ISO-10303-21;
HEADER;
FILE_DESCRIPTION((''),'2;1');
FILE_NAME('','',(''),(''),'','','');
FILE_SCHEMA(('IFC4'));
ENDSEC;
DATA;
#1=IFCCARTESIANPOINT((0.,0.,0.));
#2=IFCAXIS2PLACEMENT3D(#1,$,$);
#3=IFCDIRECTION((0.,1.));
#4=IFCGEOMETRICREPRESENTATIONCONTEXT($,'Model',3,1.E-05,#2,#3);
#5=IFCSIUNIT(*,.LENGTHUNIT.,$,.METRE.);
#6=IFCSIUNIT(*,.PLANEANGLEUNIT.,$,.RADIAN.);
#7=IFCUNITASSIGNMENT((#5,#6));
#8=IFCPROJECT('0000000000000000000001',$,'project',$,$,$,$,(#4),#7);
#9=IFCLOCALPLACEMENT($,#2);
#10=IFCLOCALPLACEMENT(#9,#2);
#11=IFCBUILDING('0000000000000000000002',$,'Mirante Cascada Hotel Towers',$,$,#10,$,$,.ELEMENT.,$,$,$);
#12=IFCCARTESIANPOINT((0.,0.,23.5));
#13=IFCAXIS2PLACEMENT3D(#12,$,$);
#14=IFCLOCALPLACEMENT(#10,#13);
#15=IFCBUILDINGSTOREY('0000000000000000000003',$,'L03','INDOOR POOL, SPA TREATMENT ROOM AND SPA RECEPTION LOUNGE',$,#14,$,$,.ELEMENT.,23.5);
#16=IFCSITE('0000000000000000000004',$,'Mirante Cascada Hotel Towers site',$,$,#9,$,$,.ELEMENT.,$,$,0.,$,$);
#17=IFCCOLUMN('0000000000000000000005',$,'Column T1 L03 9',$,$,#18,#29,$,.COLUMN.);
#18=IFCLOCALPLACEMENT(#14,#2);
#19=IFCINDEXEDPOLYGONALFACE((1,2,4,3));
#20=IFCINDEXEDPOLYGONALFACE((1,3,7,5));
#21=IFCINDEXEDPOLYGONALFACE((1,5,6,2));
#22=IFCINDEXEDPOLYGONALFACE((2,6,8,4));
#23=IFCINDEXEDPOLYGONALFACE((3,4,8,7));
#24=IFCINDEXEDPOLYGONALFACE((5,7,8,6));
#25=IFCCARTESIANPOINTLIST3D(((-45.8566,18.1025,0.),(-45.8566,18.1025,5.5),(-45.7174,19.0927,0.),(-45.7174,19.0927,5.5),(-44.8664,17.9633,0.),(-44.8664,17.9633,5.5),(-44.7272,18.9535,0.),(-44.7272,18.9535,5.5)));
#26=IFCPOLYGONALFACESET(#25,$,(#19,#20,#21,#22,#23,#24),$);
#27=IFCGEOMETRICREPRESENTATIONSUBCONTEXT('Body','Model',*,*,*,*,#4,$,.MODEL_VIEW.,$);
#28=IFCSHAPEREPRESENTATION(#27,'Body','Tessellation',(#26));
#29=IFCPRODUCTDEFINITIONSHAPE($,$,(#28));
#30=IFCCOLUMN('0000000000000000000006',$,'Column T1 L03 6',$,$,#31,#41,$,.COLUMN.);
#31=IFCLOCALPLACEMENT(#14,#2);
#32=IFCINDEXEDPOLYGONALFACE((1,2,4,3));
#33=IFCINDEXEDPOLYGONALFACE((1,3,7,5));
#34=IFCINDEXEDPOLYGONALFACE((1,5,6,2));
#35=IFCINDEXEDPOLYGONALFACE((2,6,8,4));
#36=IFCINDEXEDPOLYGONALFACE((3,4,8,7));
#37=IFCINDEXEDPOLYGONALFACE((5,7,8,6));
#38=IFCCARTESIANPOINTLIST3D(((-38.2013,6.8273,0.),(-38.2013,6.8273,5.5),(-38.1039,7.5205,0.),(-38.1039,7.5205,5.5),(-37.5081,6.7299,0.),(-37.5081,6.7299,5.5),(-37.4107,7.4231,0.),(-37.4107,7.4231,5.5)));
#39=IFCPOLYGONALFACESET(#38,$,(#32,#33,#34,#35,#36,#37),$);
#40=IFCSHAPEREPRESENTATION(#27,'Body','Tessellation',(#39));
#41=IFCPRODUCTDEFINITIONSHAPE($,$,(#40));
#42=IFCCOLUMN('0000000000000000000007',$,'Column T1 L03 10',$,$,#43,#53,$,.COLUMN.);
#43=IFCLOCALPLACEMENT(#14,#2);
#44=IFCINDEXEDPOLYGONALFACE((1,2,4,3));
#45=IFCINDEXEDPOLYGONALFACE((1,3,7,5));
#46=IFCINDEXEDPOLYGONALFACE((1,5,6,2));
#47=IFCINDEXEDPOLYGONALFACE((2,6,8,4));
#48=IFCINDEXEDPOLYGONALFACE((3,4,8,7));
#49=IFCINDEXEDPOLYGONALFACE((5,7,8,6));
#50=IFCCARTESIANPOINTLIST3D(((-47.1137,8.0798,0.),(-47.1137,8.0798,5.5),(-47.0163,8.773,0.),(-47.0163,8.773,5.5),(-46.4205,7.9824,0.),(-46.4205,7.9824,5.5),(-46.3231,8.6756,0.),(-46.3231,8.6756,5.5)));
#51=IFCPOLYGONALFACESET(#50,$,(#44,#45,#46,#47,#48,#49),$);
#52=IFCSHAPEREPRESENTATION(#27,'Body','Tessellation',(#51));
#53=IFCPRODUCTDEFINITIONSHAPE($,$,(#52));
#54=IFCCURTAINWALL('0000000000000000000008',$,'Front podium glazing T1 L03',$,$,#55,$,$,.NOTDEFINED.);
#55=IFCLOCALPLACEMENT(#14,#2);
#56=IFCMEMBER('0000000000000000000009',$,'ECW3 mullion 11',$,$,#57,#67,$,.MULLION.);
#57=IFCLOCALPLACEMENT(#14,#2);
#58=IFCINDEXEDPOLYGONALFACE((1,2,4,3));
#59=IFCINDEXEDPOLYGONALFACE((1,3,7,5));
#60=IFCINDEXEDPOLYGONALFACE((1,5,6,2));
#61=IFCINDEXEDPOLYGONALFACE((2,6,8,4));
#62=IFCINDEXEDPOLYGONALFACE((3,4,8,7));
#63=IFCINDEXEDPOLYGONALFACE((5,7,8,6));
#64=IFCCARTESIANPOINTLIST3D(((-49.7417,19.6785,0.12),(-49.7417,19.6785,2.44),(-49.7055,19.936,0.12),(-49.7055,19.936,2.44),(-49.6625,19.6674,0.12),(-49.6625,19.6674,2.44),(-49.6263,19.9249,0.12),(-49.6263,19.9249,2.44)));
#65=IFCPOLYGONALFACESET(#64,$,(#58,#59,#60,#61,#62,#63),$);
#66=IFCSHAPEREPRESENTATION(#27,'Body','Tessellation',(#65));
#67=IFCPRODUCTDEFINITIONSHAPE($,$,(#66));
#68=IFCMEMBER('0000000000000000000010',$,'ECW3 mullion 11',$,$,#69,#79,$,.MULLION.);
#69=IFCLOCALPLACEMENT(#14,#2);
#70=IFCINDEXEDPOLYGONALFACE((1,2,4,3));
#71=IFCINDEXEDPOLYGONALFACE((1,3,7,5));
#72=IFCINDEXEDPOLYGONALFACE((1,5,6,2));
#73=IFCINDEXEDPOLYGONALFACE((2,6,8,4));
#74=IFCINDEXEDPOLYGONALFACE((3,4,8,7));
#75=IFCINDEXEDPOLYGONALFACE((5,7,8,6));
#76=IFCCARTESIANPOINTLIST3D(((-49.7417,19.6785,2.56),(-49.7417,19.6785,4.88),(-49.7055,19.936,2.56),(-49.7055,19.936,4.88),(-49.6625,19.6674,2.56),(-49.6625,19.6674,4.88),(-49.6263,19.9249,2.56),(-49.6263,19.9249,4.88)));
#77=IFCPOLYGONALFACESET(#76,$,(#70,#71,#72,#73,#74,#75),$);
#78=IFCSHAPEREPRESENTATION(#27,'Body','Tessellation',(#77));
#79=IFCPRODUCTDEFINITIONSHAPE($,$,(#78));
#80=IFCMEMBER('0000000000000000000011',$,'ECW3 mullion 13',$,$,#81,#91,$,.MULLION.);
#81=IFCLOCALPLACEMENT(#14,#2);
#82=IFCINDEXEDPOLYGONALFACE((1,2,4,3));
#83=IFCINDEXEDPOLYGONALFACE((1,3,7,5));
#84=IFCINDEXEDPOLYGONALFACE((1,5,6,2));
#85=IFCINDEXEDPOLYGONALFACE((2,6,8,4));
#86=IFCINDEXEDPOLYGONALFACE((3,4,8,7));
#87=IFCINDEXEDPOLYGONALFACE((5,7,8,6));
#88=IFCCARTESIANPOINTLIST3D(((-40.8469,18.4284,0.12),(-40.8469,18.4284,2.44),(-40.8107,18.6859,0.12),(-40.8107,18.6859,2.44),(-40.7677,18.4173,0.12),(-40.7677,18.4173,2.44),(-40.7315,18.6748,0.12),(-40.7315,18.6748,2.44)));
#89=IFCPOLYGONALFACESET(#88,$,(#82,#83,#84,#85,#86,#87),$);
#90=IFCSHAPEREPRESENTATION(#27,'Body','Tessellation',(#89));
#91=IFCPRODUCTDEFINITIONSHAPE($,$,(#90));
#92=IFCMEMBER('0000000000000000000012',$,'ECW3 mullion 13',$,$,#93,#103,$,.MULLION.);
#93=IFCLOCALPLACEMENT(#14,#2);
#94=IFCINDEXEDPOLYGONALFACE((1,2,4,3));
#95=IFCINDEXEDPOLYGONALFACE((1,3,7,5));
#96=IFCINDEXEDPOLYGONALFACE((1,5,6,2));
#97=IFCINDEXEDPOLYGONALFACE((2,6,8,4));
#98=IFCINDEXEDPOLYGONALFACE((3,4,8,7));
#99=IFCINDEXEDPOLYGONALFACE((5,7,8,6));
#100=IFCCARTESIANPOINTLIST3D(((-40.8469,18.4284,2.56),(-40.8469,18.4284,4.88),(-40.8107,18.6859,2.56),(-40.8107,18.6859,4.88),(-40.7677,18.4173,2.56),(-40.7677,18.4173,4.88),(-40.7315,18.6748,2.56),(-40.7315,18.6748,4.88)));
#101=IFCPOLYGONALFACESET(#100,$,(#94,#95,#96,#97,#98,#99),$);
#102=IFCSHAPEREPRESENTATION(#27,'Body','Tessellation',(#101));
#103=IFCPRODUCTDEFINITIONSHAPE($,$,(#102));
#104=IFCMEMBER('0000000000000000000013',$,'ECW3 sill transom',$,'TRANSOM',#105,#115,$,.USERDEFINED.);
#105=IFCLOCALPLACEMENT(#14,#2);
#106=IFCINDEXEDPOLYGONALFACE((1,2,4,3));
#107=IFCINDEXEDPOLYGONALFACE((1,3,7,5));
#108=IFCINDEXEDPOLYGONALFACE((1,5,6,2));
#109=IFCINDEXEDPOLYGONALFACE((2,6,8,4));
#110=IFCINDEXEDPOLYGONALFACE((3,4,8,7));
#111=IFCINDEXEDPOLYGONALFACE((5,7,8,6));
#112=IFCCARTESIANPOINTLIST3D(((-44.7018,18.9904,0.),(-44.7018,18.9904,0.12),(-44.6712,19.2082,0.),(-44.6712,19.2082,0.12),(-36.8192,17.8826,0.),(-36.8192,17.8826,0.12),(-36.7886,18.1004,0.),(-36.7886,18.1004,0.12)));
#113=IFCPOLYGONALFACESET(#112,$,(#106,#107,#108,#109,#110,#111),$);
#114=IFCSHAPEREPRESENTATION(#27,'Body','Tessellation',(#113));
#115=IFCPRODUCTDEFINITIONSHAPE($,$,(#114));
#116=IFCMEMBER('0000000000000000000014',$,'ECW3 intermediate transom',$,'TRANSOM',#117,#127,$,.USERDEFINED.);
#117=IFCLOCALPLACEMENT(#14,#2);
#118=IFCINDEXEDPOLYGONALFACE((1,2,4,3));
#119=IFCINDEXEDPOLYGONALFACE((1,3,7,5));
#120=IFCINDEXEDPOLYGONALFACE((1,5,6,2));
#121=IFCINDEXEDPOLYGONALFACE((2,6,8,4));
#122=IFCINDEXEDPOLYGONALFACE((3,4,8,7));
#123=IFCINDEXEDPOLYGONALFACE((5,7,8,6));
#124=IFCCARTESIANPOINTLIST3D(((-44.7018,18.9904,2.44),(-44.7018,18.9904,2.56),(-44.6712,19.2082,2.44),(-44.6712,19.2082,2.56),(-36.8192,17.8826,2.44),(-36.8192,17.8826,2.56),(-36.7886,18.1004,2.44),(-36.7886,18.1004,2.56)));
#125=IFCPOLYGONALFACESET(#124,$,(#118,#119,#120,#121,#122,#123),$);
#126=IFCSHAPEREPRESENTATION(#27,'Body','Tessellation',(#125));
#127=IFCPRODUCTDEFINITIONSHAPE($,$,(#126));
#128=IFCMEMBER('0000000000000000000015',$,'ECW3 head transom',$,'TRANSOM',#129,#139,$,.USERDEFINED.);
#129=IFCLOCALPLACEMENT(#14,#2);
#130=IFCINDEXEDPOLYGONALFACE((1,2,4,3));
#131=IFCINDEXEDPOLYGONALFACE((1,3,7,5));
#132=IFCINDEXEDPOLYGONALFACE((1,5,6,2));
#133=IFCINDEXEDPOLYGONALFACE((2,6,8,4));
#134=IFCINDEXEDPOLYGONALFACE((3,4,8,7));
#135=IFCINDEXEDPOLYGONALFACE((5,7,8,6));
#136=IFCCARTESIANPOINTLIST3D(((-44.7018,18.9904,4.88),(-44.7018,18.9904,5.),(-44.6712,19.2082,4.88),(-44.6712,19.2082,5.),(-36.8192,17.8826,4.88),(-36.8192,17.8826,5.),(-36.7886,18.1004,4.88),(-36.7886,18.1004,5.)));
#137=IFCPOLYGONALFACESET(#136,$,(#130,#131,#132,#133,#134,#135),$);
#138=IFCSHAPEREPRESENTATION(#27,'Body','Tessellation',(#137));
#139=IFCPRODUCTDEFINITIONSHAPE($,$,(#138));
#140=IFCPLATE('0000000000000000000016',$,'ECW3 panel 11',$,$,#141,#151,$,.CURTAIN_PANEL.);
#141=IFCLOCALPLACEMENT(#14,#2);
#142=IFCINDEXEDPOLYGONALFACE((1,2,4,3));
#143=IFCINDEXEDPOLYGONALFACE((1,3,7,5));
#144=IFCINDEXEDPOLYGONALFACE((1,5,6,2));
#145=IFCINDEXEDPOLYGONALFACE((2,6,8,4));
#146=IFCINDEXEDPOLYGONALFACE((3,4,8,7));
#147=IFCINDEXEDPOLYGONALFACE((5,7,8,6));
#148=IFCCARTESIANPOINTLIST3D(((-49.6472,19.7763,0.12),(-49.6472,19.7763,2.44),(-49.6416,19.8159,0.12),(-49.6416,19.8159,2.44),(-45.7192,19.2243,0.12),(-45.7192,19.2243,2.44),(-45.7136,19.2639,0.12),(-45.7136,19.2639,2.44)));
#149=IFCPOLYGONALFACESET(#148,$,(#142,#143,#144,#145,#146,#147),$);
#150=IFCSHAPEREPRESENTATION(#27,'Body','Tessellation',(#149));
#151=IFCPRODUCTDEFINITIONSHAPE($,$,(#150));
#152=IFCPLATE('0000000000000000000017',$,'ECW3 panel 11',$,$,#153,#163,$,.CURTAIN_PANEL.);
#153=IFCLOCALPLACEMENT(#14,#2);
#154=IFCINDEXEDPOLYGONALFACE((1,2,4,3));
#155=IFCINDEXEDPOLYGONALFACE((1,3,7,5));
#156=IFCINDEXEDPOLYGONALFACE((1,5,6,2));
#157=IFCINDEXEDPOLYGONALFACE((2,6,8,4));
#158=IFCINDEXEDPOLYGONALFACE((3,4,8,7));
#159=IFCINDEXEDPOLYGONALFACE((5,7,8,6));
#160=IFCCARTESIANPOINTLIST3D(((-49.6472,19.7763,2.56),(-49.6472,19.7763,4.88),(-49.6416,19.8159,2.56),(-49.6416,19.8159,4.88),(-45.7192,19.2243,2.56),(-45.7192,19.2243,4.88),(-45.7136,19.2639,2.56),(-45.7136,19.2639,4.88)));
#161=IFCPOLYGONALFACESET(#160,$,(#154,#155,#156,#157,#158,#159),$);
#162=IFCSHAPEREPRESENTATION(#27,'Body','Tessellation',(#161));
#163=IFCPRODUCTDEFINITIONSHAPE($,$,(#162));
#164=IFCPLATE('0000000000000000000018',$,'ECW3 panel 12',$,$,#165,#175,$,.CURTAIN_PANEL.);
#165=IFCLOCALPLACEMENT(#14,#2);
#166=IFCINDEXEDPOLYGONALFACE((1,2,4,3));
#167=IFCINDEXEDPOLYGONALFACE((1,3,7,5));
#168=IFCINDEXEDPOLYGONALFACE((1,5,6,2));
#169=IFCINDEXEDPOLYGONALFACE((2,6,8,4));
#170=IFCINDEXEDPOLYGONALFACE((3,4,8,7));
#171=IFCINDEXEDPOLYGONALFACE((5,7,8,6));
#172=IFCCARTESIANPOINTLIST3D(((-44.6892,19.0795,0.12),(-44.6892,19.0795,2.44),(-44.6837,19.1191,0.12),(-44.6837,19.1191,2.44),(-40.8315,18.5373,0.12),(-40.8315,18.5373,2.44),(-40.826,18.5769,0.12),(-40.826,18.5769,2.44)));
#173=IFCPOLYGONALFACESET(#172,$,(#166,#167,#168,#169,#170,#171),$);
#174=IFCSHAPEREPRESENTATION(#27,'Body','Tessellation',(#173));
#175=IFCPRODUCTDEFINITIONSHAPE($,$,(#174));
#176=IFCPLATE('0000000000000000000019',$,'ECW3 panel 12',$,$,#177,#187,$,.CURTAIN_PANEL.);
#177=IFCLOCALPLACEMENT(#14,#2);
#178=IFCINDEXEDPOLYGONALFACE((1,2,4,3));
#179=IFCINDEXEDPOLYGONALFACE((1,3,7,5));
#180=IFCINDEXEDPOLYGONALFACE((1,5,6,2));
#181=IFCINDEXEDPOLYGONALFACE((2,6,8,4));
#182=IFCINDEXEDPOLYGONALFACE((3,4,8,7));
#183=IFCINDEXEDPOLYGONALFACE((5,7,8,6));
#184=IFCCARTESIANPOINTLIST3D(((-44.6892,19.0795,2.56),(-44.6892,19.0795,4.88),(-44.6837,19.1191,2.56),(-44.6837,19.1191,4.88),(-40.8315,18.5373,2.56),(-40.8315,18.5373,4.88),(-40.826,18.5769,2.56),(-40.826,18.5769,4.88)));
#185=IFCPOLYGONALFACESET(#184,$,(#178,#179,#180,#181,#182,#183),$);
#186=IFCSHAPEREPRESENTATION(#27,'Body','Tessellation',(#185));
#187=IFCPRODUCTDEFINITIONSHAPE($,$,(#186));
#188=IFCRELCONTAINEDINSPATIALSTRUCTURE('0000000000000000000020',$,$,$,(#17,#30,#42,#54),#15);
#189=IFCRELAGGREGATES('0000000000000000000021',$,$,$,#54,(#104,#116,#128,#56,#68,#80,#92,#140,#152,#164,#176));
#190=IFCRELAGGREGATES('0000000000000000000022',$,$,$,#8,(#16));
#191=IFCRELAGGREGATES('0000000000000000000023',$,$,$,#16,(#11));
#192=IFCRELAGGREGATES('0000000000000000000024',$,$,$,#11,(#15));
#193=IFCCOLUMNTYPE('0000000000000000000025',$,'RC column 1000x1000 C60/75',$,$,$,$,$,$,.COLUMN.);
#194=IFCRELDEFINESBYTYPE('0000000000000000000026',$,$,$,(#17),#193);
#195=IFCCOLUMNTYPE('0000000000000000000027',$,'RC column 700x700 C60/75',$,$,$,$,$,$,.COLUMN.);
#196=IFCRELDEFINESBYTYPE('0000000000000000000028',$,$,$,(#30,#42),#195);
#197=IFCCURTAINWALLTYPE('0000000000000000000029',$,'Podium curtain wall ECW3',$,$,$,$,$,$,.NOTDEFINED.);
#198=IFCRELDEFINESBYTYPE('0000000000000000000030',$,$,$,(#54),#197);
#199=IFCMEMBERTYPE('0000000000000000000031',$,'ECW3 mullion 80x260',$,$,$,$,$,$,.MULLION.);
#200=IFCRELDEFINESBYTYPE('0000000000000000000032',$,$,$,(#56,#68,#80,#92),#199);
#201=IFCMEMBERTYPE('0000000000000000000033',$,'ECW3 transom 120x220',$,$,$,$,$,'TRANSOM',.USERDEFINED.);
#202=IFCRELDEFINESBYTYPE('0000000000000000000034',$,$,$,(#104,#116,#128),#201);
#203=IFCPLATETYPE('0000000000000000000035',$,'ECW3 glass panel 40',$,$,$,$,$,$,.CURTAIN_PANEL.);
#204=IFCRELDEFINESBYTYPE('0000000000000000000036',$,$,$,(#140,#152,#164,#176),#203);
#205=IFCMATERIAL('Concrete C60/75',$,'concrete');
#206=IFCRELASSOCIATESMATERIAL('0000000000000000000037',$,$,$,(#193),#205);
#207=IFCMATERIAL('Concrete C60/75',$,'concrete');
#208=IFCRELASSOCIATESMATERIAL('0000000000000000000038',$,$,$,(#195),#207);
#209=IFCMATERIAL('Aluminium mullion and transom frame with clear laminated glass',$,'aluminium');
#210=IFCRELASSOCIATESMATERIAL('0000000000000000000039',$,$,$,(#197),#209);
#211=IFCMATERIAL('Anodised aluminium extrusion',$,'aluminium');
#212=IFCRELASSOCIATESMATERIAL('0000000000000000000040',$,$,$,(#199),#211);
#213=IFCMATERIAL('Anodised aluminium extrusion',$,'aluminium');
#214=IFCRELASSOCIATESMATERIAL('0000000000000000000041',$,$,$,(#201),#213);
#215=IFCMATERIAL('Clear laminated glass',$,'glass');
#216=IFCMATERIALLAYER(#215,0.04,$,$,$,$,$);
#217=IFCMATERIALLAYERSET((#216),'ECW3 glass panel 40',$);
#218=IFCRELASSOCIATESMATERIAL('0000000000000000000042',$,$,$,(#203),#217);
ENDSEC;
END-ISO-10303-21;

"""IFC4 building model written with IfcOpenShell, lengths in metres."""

from ifc_helpers import new_model, si_unit, direction, frame, origin, origin_2d, place, context, subcontext, project, spatial, rectangle, extrude, material, layer, layer_set, material_profile, profile_set, type_object, element, aggregate, save


model = new_model("IFC4")

# Units and contexts
model_context = context("Model", 3, precision=1e-05, world=origin(), true_north=direction((0.0, 1.0)))
body_context = subcontext(model_context, "Body", "Model", "MODEL_VIEW")
ifc_project = project(units=[si_unit("LENGTHUNIT", "METRE"), si_unit("PLANEANGLEUNIT", "RADIAN")], contexts=[model_context])

# Site, building, storey
site_placement = place(None, origin())
site = spatial("IfcSite", under=ifc_project, at=site_placement, Name="Mirante Cascada Hotel Towers site", CompositionType="ELEMENT", RefElevation=0.0)
building_placement = place(site_placement, origin())
building = spatial("IfcBuilding", under=site, at=building_placement, Name="Mirante Cascada Hotel Towers", CompositionType="ELEMENT")
storey_placement = place(building_placement, frame((0.0, 0.0, 23.5)))
storey = spatial("IfcBuildingStorey", under=building, at=storey_placement, Name="L03", Description="INDOOR POOL, SPA TREATMENT ROOM AND SPA RECEPTION LOUNGE", CompositionType="ELEMENT", Elevation=23.5)

# Columns
ifc_material_1 = material(Name="Concrete C60/75", Category="concrete")
ifc_material_profile_1 = material_profile(ifc_material_1, rectangle(XDim=1.0, YDim=1.0, at=origin_2d()), Name="RC column 1000x1000 C60/75")
ifc_profile_set_1 = profile_set([ifc_material_profile_1], Name="Concrete C60/75")
column_type_1 = type_object("IfcColumnType", Name="RC column 1000x1000 C60/75", PredefinedType="COLUMN", material=ifc_profile_set_1)
column_placement = place(storey_placement, frame((-45.2919, 18.528, 0.0), z_axis=(0.0, 0.0, 1.0), x_axis=(-0.990268, 0.139173, 0.0)))
element("IfcColumn", 1, at=column_placement, inside=storey, type_object=column_type_1, Name="Column T1 L03 9", PredefinedType="COLUMN", context=body_context, shape_type="SweptSolid", body=[
    extrude(rectangle(XDim=1.0, YDim=1.0, at=origin_2d()), origin(), (0.0, 0.0, 1.0), 5.5),
])
ifc_material_2 = material(Name="Concrete C60/75", Category="concrete")
ifc_material_profile_2 = material_profile(ifc_material_2, rectangle(XDim=0.7, YDim=0.7, at=origin_2d()), Name="RC column 700x700 C60/75")
ifc_profile_set_2 = profile_set([ifc_material_profile_2], Name="Concrete C60/75")
column_type_2 = type_object("IfcColumnType", Name="RC column 700x700 C60/75", PredefinedType="COLUMN", material=ifc_profile_set_2)
for number, where, z_axis, x_axis, name in (
    (2, (-37.806, 7.1252, 0.0), (0.0, 0.0, 1.0), (-0.990268, 0.139173, 0.0), "Column T1 L03 6"),
    (3, (-46.7184, 8.3777, 0.0), (0.0, 0.0, 1.0), (-0.990268, 0.139173, 0.0), "Column T1 L03 10"),
):
    element("IfcColumn", number, at=place(storey_placement, frame(where, z_axis=z_axis, x_axis=x_axis)), inside=storey, type_object=column_type_2, Name=name, PredefinedType="COLUMN", context=body_context, shape_type="SweptSolid", body=[
        extrude(rectangle(XDim=0.7, YDim=0.7, at=origin_2d()), origin(), (0.0, 0.0, 1.0), 5.5),
    ])

# Curtain wall, members, plates
ifc_material_3 = material(Name="Aluminium mullion and transom frame with clear laminated glass", Category="aluminium")
curtain_wall_type = type_object("IfcCurtainWallType", Name="Podium curtain wall ECW3", PredefinedType="NOTDEFINED", material=ifc_material_3)
curtain_wall_placement = place(storey_placement, origin())
curtain_wall = element("IfcCurtainWall", 4, at=curtain_wall_placement, inside=storey, type_object=curtain_wall_type, Name="Front podium glazing T1 L03", PredefinedType="NOTDEFINED")
ifc_material_4 = material(Name="Anodised aluminium extrusion", Category="aluminium")
ifc_material_profile_3 = material_profile(ifc_material_4, rectangle(XDim=0.26, YDim=0.08, at=origin_2d()), Name="ECW3 MULLION 80x260")
ifc_profile_set_3 = profile_set([ifc_material_profile_3], Name="Anodised aluminium extrusion")
member_type_1 = type_object("IfcMemberType", Name="ECW3 mullion 80x260", PredefinedType="MULLION", material=ifc_profile_set_3)
member_1_placement = place(storey_placement, frame((-49.684, 19.8017, 0.12), z_axis=(0.0, 0.0, 1.0), x_axis=(0.139173, 0.990268, 0.0)))
member_1 = element("IfcMember", 5, at=member_1_placement, type_object=member_type_1, Name="ECW3 mullion 11", PredefinedType="MULLION", context=body_context, shape_type="SweptSolid", body=[
    extrude(rectangle(XDim=0.26, YDim=0.08, at=origin_2d()), origin(), (0.0, 0.0, 1.0), 2.32),
])
member_2_placement = place(storey_placement, frame((-49.684, 19.8017, 2.56), z_axis=(0.0, 0.0, 1.0), x_axis=(0.139173, 0.990268, 0.0)))
member_2 = element("IfcMember", 6, at=member_2_placement, type_object=member_type_1, Name="ECW3 mullion 11", PredefinedType="MULLION", context=body_context, shape_type="SweptSolid", body=[
    extrude(rectangle(XDim=0.26, YDim=0.08, at=origin_2d()), origin(), (0.0, 0.0, 1.0), 2.32),
])
member_3_placement = place(storey_placement, frame((-40.7892, 18.5516, 0.12), z_axis=(0.0, 0.0, 1.0), x_axis=(0.139173, 0.990268, 0.0)))
member_3 = element("IfcMember", 7, at=member_3_placement, type_object=member_type_1, Name="ECW3 mullion 13", PredefinedType="MULLION", context=body_context, shape_type="SweptSolid", body=[
    extrude(rectangle(XDim=0.26, YDim=0.08, at=origin_2d()), origin(), (0.0, 0.0, 1.0), 2.32),
])
member_4_placement = place(storey_placement, frame((-40.7892, 18.5516, 2.56), z_axis=(0.0, 0.0, 1.0), x_axis=(0.139173, 0.990268, 0.0)))
member_4 = element("IfcMember", 8, at=member_4_placement, type_object=member_type_1, Name="ECW3 mullion 13", PredefinedType="MULLION", context=body_context, shape_type="SweptSolid", body=[
    extrude(rectangle(XDim=0.26, YDim=0.08, at=origin_2d()), origin(), (0.0, 0.0, 1.0), 2.32),
])
ifc_material_5 = material(Name="Anodised aluminium extrusion", Category="aluminium")
ifc_material_profile_4 = material_profile(ifc_material_5, rectangle(XDim=0.22, YDim=0.12, at=origin_2d()), Name="ECW3 TRANSOM 120x220")
ifc_profile_set_4 = profile_set([ifc_material_profile_4], Name="Anodised aluminium extrusion")
member_type_2 = type_object("IfcMemberType", Name="ECW3 transom 120x220", ElementType="TRANSOM", PredefinedType="USERDEFINED", material=ifc_profile_set_4)
member_5_placement = place(storey_placement, frame((-44.6865, 19.0993, 0.06), z_axis=(0.990268, -0.13917, 0.0), x_axis=(0.13917, 0.990268, 0.0)))
member_5 = element("IfcMember", 9, at=member_5_placement, type_object=member_type_2, Name="ECW3 sill transom", ObjectType="TRANSOM", PredefinedType="USERDEFINED", context=body_context, shape_type="SweptSolid", body=[
    extrude(rectangle(XDim=0.22, YDim=0.12, at=origin_2d()), origin(), (0.0, 0.0, 1.0), 7.9601),
])
member_6_placement = place(storey_placement, frame((-44.6865, 19.0993, 2.5), z_axis=(0.990268, -0.13917, 0.0), x_axis=(0.13917, 0.990268, 0.0)))
member_6 = element("IfcMember", 10, at=member_6_placement, type_object=member_type_2, Name="ECW3 intermediate transom", ObjectType="TRANSOM", PredefinedType="USERDEFINED", context=body_context, shape_type="SweptSolid", body=[
    extrude(rectangle(XDim=0.22, YDim=0.12, at=origin_2d()), origin(), (0.0, 0.0, 1.0), 7.9601),
])
member_7_placement = place(storey_placement, frame((-44.6865, 19.0993, 4.94), z_axis=(0.990268, -0.13917, 0.0), x_axis=(0.13917, 0.990268, 0.0)))
member_7 = element("IfcMember", 11, at=member_7_placement, type_object=member_type_2, Name="ECW3 head transom", ObjectType="TRANSOM", PredefinedType="USERDEFINED", context=body_context, shape_type="SweptSolid", body=[
    extrude(rectangle(XDim=0.22, YDim=0.12, at=origin_2d()), origin(), (0.0, 0.0, 1.0), 7.9601),
])
ifc_material_6 = material(Name="Clear laminated glass", Category="glass")
ifc_layer_1 = layer(ifc_material_6, 0.04)
ifc_layer_set_1 = layer_set([ifc_layer_1], Name="ECW3 glass panel 40")
plate_type = type_object("IfcPlateType", Name="ECW3 glass panel 40", PredefinedType="CURTAIN_PANEL", material=ifc_layer_set_1)
plate_1_placement = place(storey_placement, frame((-47.6804, 19.5201, 0.12), z_axis=(0.0, 0.0, 1.0), x_axis=(0.990268, -0.139173, 0.0)))
plate_1 = element("IfcPlate", 12, at=plate_1_placement, type_object=plate_type, Name="ECW3 panel 11", PredefinedType="CURTAIN_PANEL", context=body_context, shape_type="SweptSolid", body=[
    extrude(rectangle(XDim=3.9666, YDim=0.04, at=origin_2d()), origin(), (0.0, 0.0, 1.0), 2.32),
])
plate_2_placement = place(storey_placement, frame((-47.6804, 19.5201, 2.56), z_axis=(0.0, 0.0, 1.0), x_axis=(0.990268, -0.139173, 0.0)))
plate_2 = element("IfcPlate", 13, at=plate_2_placement, type_object=plate_type, Name="ECW3 panel 11", PredefinedType="CURTAIN_PANEL", context=body_context, shape_type="SweptSolid", body=[
    extrude(rectangle(XDim=3.9666, YDim=0.04, at=origin_2d()), origin(), (0.0, 0.0, 1.0), 2.32),
])
plate_3_placement = place(storey_placement, frame((-42.7576, 18.8282, 0.12), z_axis=(0.0, 0.0, 1.0), x_axis=(0.990268, -0.139173, 0.0)))
plate_3 = element("IfcPlate", 14, at=plate_3_placement, type_object=plate_type, Name="ECW3 panel 12", PredefinedType="CURTAIN_PANEL", context=body_context, shape_type="SweptSolid", body=[
    extrude(rectangle(XDim=3.8956, YDim=0.04, at=origin_2d()), origin(), (0.0, 0.0, 1.0), 2.32),
])
plate_4_placement = place(storey_placement, frame((-42.7576, 18.8282, 2.56), z_axis=(0.0, 0.0, 1.0), x_axis=(0.990268, -0.139173, 0.0)))
plate_4 = element("IfcPlate", 15, at=plate_4_placement, type_object=plate_type, Name="ECW3 panel 12", PredefinedType="CURTAIN_PANEL", context=body_context, shape_type="SweptSolid", body=[
    extrude(rectangle(XDim=3.8956, YDim=0.04, at=origin_2d()), origin(), (0.0, 0.0, 1.0), 2.32),
])
aggregate(curtain_wall, [member_5, member_6, member_7, member_1, member_2, member_3, member_4, plate_1, plate_2, plate_3, plate_4])

save(model, "model.ifc")
